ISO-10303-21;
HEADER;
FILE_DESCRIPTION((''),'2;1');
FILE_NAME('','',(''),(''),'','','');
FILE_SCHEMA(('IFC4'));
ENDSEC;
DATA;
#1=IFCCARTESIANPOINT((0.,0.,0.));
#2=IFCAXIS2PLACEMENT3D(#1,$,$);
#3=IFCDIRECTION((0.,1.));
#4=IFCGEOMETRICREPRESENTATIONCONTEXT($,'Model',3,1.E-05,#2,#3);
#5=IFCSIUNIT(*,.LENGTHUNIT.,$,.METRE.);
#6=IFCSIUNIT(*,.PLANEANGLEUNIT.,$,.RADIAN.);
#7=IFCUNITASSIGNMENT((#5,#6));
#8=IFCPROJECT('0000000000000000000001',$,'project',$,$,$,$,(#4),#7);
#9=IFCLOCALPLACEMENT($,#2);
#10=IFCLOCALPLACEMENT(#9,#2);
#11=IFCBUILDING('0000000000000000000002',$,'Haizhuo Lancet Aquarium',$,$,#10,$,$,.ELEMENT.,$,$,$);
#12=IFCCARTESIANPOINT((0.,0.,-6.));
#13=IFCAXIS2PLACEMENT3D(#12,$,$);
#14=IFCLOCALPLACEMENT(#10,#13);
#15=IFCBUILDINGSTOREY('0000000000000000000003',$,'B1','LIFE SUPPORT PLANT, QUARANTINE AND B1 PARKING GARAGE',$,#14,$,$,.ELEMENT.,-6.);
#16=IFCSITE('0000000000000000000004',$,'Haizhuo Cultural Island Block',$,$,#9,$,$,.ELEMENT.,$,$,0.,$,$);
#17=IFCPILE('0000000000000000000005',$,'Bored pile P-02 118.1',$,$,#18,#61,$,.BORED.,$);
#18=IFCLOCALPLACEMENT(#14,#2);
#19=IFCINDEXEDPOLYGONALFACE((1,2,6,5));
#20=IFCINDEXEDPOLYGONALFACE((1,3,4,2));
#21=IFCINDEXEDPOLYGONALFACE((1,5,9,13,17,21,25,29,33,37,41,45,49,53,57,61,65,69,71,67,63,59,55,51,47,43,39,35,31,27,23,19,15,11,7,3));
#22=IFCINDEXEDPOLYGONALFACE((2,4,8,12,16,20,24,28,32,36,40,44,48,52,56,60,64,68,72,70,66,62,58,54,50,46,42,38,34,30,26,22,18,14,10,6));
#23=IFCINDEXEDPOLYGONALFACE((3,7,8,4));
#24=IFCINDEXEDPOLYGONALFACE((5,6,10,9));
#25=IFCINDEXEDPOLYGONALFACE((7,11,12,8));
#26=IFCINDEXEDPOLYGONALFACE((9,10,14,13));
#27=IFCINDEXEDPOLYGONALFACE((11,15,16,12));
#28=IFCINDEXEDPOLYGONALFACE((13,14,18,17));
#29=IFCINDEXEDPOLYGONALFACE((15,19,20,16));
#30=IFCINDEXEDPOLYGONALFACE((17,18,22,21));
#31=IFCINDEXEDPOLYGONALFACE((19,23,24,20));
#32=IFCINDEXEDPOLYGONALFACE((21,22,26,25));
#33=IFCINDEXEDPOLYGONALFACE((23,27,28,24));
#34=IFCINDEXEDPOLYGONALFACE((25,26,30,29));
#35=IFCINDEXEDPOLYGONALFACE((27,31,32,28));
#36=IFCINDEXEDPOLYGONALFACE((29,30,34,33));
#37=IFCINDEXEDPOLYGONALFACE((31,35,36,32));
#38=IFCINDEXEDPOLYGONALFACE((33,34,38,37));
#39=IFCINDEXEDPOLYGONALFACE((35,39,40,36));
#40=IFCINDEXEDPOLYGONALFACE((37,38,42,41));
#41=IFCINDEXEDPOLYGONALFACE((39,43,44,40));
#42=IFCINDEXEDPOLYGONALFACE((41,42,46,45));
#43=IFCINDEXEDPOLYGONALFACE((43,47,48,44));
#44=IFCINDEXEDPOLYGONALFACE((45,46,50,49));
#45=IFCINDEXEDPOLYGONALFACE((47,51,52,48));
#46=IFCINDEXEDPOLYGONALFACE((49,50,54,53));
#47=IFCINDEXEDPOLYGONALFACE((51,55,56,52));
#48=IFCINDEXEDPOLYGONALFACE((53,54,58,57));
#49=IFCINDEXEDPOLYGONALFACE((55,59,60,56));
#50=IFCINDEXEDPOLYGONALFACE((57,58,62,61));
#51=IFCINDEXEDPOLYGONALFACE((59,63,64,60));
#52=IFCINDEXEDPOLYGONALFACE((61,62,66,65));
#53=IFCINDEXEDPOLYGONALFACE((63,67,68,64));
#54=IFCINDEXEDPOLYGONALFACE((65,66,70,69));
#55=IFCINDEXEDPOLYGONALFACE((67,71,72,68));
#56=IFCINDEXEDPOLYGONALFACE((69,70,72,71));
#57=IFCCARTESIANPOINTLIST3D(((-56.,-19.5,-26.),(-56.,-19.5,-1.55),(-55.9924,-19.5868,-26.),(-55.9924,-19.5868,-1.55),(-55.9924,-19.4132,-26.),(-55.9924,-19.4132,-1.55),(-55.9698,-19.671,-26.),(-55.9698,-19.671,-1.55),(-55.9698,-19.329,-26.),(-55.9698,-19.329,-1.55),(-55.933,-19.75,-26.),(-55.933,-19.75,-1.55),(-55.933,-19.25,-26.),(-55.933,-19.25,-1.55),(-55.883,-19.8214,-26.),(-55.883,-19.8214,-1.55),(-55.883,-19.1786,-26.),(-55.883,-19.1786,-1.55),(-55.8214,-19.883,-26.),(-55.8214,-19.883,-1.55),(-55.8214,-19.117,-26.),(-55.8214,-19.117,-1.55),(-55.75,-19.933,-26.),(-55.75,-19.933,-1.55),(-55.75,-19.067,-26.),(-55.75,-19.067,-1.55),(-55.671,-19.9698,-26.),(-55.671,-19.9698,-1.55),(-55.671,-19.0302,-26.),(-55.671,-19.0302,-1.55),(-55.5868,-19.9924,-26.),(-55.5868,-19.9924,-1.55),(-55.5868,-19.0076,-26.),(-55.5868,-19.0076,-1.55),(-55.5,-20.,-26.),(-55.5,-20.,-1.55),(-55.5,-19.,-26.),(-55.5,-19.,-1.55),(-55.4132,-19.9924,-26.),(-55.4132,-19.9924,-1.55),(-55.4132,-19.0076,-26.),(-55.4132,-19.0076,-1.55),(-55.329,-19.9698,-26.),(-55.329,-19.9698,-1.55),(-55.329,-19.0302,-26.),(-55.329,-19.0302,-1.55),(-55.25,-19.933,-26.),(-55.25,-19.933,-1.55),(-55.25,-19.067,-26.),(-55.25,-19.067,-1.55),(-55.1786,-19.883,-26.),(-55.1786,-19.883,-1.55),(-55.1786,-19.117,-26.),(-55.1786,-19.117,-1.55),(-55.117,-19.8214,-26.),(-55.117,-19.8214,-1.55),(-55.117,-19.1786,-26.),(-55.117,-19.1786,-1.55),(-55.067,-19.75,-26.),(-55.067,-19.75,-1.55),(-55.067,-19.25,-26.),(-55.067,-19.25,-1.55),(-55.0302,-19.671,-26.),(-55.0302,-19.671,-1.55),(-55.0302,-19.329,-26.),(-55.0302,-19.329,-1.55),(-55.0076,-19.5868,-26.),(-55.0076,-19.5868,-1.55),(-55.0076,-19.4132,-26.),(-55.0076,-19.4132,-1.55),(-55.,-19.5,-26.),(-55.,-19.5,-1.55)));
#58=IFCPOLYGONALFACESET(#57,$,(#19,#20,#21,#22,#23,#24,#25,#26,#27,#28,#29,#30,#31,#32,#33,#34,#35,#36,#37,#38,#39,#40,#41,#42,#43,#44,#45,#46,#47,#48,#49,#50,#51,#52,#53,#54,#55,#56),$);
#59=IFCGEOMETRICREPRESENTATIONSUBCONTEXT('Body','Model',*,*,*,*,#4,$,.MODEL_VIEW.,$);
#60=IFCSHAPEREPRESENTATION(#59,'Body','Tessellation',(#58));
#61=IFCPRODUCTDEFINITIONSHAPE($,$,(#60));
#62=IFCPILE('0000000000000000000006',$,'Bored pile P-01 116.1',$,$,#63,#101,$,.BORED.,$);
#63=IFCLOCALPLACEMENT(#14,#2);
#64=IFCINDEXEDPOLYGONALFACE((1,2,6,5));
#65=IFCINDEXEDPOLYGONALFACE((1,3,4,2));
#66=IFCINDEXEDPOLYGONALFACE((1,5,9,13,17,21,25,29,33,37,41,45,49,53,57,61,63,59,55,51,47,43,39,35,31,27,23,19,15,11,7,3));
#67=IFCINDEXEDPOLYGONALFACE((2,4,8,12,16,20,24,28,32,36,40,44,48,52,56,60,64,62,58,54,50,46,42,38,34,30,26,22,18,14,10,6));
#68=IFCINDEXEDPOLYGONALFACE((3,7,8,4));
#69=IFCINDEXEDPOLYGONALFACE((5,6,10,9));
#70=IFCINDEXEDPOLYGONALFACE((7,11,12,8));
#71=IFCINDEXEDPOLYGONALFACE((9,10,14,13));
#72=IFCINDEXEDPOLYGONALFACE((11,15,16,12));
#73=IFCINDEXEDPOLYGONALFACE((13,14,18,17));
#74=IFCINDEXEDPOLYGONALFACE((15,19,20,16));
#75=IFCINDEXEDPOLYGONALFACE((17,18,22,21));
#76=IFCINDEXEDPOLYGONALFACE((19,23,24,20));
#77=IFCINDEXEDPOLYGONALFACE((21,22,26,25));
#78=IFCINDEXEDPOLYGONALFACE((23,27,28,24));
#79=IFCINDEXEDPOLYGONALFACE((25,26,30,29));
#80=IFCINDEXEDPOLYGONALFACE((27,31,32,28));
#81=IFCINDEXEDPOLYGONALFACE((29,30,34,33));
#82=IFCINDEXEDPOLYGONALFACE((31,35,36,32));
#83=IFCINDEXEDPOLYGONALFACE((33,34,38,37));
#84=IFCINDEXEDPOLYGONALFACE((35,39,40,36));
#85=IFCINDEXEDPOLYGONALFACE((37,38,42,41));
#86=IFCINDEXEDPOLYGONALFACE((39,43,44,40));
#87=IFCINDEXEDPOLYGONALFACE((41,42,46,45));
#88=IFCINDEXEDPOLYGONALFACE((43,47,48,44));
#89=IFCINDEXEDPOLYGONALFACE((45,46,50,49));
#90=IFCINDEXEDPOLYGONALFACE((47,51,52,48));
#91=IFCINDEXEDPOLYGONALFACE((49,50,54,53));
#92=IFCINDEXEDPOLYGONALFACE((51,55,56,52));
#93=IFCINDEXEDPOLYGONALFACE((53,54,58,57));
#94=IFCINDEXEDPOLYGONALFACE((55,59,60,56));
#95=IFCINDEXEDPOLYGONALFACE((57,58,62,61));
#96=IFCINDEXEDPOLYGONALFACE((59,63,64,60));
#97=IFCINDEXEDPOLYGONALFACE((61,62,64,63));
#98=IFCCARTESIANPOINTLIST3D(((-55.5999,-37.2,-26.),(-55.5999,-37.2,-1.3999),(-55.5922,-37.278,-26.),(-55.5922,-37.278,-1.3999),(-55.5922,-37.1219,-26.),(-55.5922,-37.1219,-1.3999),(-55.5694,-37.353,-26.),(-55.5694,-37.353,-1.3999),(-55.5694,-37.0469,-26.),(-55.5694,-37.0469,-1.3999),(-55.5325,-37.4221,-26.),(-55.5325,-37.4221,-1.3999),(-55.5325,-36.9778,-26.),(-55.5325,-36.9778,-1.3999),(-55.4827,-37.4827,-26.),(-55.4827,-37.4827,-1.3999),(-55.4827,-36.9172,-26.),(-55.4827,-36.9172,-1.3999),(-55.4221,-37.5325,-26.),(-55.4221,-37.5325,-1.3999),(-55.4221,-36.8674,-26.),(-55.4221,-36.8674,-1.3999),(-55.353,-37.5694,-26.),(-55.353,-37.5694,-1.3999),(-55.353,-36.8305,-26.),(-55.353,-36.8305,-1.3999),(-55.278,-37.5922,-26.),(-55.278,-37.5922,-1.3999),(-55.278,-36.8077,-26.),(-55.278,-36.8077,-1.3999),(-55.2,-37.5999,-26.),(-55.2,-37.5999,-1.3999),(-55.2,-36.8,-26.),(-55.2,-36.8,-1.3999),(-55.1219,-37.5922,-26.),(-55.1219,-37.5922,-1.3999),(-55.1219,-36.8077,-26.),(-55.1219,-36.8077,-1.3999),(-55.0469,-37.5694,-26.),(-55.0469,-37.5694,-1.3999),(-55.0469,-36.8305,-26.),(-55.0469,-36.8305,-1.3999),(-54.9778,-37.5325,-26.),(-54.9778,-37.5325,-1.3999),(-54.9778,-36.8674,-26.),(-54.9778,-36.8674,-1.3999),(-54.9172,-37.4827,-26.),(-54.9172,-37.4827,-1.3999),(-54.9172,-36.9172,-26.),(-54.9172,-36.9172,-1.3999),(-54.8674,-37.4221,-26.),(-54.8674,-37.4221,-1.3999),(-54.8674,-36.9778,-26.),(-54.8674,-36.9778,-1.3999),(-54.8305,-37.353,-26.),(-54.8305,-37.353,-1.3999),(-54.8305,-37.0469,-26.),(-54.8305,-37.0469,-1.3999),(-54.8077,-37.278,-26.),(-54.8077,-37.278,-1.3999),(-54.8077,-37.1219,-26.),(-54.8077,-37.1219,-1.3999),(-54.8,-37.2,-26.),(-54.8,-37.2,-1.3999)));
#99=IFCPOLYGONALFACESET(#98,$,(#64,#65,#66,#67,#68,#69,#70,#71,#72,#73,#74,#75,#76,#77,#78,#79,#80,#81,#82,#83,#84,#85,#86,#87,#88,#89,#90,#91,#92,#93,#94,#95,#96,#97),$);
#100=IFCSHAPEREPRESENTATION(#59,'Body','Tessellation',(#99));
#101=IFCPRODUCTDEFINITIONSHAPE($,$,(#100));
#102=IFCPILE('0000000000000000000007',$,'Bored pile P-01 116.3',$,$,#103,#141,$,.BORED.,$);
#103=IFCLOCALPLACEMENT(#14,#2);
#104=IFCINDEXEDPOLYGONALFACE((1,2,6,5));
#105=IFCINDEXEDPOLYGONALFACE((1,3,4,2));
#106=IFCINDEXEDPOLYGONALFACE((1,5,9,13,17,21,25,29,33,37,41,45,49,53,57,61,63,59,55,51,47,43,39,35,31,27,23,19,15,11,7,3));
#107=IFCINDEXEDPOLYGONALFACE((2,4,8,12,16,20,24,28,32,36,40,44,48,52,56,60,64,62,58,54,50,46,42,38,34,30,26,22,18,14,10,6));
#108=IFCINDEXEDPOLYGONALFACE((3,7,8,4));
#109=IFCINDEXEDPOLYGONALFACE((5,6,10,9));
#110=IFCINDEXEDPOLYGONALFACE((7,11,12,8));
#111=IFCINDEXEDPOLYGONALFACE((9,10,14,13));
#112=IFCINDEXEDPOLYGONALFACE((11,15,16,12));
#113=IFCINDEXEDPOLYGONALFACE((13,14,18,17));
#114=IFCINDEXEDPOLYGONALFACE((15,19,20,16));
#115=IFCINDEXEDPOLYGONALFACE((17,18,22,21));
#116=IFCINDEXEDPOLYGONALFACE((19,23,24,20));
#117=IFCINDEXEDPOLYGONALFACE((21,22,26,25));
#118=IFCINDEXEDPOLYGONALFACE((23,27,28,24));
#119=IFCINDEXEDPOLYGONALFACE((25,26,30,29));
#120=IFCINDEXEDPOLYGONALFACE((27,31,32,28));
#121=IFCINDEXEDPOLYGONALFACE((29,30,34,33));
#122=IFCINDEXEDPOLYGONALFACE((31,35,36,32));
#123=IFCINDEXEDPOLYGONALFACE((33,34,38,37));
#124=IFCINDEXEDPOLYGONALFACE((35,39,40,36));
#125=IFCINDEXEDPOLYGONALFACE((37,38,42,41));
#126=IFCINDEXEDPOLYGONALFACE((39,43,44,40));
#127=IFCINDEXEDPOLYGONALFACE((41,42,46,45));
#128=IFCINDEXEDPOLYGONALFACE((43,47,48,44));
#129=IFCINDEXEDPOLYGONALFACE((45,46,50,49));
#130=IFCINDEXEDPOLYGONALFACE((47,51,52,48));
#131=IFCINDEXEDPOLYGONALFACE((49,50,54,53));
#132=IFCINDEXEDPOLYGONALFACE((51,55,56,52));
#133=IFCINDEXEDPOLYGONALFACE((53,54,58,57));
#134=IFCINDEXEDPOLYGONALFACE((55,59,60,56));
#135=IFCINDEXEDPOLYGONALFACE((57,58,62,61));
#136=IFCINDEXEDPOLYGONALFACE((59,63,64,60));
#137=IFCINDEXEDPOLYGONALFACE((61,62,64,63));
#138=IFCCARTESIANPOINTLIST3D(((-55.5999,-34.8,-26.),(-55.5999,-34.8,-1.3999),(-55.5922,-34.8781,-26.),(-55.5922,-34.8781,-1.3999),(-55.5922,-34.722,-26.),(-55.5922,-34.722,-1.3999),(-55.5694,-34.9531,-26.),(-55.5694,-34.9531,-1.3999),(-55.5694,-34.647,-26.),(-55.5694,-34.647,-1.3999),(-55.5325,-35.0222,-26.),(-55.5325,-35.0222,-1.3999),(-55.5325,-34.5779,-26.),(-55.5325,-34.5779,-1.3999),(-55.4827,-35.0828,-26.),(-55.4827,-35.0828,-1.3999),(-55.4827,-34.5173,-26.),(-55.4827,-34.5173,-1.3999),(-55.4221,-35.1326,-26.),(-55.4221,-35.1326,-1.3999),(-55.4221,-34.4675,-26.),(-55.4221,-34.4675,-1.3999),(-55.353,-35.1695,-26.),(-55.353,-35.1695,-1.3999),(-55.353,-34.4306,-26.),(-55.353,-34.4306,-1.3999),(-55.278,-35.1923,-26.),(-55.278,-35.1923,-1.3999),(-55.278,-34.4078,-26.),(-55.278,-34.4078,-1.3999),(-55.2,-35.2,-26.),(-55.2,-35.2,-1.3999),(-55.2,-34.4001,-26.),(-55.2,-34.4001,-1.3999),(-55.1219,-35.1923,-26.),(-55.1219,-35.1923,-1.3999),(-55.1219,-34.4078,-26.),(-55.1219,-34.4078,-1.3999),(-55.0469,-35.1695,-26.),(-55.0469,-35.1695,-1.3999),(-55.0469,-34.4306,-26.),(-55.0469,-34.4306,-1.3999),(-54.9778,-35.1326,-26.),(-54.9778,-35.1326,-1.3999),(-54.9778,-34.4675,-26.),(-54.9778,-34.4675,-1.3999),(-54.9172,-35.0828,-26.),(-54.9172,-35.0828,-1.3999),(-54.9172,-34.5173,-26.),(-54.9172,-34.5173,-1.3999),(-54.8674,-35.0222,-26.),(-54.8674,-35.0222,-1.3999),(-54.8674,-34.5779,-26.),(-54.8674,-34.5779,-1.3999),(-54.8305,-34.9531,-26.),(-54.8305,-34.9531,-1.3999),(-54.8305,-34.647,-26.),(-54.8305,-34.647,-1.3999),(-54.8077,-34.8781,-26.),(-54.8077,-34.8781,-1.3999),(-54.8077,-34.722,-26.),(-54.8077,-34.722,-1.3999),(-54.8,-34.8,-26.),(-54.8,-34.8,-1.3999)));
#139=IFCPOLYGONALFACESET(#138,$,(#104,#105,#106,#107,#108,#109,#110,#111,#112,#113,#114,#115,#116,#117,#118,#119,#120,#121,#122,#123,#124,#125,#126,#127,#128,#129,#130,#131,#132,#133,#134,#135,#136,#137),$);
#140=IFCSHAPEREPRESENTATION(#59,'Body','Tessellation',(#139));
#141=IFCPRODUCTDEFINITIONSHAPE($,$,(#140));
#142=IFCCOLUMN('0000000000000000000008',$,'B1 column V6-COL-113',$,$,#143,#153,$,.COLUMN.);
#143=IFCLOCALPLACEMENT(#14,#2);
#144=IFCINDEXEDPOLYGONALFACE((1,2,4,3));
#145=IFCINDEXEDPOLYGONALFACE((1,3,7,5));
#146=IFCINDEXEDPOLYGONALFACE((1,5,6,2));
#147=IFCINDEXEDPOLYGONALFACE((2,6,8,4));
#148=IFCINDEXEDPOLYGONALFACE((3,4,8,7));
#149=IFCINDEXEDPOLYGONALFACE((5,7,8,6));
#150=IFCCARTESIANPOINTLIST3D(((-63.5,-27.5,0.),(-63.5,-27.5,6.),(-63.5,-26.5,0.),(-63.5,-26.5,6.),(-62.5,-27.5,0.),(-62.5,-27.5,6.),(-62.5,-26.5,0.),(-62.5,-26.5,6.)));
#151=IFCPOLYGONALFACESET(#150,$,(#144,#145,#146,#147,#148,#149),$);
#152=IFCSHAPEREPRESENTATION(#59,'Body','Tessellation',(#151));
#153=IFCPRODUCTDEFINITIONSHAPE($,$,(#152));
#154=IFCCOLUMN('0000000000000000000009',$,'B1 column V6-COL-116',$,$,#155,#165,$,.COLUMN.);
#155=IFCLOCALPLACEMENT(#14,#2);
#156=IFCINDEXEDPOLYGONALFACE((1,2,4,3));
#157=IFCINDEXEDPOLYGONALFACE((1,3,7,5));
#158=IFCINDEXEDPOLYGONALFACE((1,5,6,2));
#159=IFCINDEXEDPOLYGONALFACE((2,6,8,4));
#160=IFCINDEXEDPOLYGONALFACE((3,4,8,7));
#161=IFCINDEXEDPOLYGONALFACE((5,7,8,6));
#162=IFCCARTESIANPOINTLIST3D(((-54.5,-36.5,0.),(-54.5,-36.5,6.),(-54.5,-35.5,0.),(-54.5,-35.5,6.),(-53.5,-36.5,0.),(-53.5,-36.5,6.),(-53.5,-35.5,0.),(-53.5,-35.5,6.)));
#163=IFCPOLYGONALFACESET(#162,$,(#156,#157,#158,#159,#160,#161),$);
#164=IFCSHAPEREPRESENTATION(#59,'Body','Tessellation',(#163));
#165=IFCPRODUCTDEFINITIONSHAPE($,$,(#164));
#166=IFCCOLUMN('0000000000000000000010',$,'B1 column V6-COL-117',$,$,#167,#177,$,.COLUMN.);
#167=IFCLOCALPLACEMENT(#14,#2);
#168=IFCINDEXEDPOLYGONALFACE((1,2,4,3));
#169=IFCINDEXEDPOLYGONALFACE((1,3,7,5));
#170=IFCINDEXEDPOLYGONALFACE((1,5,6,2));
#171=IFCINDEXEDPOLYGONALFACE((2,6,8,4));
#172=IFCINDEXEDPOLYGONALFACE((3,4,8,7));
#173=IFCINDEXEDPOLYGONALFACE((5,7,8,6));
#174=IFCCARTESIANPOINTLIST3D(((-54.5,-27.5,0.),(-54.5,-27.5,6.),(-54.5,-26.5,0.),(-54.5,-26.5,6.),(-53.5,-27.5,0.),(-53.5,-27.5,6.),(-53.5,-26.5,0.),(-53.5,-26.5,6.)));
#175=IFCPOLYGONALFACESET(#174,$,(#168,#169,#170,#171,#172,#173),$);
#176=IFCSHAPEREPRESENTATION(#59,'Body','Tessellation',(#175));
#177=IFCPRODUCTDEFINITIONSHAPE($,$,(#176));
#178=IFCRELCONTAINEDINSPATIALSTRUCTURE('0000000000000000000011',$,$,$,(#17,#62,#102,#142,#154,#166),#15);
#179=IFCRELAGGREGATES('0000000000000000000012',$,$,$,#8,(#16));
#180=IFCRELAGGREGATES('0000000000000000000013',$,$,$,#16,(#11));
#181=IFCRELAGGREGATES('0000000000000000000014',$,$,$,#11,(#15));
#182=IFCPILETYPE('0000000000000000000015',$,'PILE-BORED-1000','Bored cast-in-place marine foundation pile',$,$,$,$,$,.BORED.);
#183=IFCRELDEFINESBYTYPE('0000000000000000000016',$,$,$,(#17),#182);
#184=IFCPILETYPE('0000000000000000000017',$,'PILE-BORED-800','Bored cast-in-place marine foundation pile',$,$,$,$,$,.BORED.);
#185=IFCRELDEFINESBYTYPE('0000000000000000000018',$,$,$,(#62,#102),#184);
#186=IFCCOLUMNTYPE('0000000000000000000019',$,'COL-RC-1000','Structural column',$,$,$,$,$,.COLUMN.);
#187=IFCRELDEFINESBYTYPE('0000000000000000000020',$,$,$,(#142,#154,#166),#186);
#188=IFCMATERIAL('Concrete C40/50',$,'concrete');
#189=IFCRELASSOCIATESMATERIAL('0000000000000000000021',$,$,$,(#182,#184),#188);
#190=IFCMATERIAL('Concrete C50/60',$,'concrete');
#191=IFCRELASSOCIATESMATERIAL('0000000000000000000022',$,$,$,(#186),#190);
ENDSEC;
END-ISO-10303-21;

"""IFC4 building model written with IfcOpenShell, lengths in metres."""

from ifc_helpers import new_model, si_unit, direction, frame, origin, origin_2d, place, context, subcontext, project, spatial, rectangle, circle, extrude, material, material_profile, profile_set, type_object, element, save


model = new_model("IFC4")

# Units and contexts
model_context = context("Model", 3, precision=1e-05, world=origin(), true_north=direction((0.0, 1.0)))
body_context = subcontext(model_context, "Body", "Model", "MODEL_VIEW")
ifc_project = project(units=[si_unit("LENGTHUNIT", "METRE"), si_unit("PLANEANGLEUNIT", "RADIAN")], contexts=[model_context])

# Site, building, storey
site_placement = place(None, origin())
site = spatial("IfcSite", under=ifc_project, at=site_placement, Name="Haizhuo Cultural Island Block", CompositionType="ELEMENT", RefElevation=0.0)
building_placement = place(site_placement, origin())
building = spatial("IfcBuilding", under=site, at=building_placement, Name="Haizhuo Lancet Aquarium", CompositionType="ELEMENT")
storey_placement = place(building_placement, frame((0.0, 0.0, -6.0)))
storey = spatial("IfcBuildingStorey", under=building, at=storey_placement, Name="B1", Description="LIFE SUPPORT PLANT, QUARANTINE AND B1 PARKING GARAGE", CompositionType="ELEMENT", Elevation=-6.0)

# Shared definitions
ifc_material_1 = material(Name="Concrete C40/50", Category="concrete")

# Piles
ifc_material_profile_1 = material_profile(ifc_material_1, circle(Radius=0.5, at=origin_2d()), Name="PILE-1000")
ifc_profile_set_1 = profile_set([ifc_material_profile_1], Name="Concrete C40/50")
pile_type_1 = type_object("IfcPileType", Name="PILE-BORED-1000", Description="Bored cast-in-place marine foundation pile", PredefinedType="BORED", material=ifc_profile_set_1)
pile_1_placement = place(storey_placement, frame((-55.5, -19.5, -1.55), z_axis=(0.0, 0.0, -1.0), x_axis=(1.0, 0.0, 0.0)))
element("IfcPile", 1, at=pile_1_placement, inside=storey, type_object=pile_type_1, Name="Bored pile P-02 118.1", PredefinedType="BORED", context=body_context, shape_type="SweptSolid", body=[
    extrude(circle(Radius=0.5, at=origin_2d()), origin(), (0.0, 0.0, 1.0), 24.45),
])
ifc_material_profile_2 = material_profile(ifc_material_1, circle(Radius=0.3999, at=origin_2d()), Name="PILE-800")
ifc_profile_set_2 = profile_set([ifc_material_profile_2], Name="Concrete C40/50")
pile_type_2 = type_object("IfcPileType", Name="PILE-BORED-800", Description="Bored cast-in-place marine foundation pile", PredefinedType="BORED", material=ifc_profile_set_2)
for number, where, z_axis, x_axis, name in (
    (2, (-55.2, -37.2, -1.3999), (0.0, 0.0, -1.0), (1.0, 0.0, 0.0), "Bored pile P-01 116.1"),
    (3, (-55.2, -34.8, -1.3999), (0.0, 0.0, -1.0), (1.0, 0.0, 0.0), "Bored pile P-01 116.3"),
):
    element("IfcPile", number, at=place(storey_placement, frame(where, z_axis=z_axis, x_axis=x_axis)), inside=storey, type_object=pile_type_2, Name=name, PredefinedType="BORED", context=body_context, shape_type="SweptSolid", body=[
        extrude(circle(Radius=0.3999, at=origin_2d()), origin(), (0.0, 0.0, 1.0), 24.6001),
    ])

# Columns
ifc_material_2 = material(Name="Concrete C50/60", Category="concrete")
ifc_material_profile_3 = material_profile(ifc_material_2, rectangle(XDim=1.0, YDim=1.0, at=origin_2d()), Name="RC-COL 1000x1000")
ifc_profile_set_3 = profile_set([ifc_material_profile_3], Name="Concrete C50/60")
column_type = type_object("IfcColumnType", Name="COL-RC-1000", Description="Structural column", PredefinedType="COLUMN", material=ifc_profile_set_3)
for number, where, z_axis, x_axis, name in (
    (4, (-63.0, -27.0, 0.0), (0.0, 0.0, 1.0), (1.0, 0.0, 0.0), "B1 column V6-COL-113"),
    (5, (-54.0, -36.0, 0.0), (0.0, 0.0, 1.0), (1.0, 0.0, 0.0), "B1 column V6-COL-116"),
    (6, (-54.0, -27.0, 0.0), (0.0, 0.0, 1.0), (1.0, 0.0, 0.0), "B1 column V6-COL-117"),
):
    element("IfcColumn", number, at=place(storey_placement, frame(where, z_axis=z_axis, x_axis=x_axis)), inside=storey, type_object=column_type, Name=name, PredefinedType="COLUMN", context=body_context, shape_type="SweptSolid", body=[
        extrude(rectangle(XDim=1.0, YDim=1.0, at=origin_2d()), origin(), (0.0, 0.0, 1.0), 6.0),
    ])

save(model, "model.ifc")
